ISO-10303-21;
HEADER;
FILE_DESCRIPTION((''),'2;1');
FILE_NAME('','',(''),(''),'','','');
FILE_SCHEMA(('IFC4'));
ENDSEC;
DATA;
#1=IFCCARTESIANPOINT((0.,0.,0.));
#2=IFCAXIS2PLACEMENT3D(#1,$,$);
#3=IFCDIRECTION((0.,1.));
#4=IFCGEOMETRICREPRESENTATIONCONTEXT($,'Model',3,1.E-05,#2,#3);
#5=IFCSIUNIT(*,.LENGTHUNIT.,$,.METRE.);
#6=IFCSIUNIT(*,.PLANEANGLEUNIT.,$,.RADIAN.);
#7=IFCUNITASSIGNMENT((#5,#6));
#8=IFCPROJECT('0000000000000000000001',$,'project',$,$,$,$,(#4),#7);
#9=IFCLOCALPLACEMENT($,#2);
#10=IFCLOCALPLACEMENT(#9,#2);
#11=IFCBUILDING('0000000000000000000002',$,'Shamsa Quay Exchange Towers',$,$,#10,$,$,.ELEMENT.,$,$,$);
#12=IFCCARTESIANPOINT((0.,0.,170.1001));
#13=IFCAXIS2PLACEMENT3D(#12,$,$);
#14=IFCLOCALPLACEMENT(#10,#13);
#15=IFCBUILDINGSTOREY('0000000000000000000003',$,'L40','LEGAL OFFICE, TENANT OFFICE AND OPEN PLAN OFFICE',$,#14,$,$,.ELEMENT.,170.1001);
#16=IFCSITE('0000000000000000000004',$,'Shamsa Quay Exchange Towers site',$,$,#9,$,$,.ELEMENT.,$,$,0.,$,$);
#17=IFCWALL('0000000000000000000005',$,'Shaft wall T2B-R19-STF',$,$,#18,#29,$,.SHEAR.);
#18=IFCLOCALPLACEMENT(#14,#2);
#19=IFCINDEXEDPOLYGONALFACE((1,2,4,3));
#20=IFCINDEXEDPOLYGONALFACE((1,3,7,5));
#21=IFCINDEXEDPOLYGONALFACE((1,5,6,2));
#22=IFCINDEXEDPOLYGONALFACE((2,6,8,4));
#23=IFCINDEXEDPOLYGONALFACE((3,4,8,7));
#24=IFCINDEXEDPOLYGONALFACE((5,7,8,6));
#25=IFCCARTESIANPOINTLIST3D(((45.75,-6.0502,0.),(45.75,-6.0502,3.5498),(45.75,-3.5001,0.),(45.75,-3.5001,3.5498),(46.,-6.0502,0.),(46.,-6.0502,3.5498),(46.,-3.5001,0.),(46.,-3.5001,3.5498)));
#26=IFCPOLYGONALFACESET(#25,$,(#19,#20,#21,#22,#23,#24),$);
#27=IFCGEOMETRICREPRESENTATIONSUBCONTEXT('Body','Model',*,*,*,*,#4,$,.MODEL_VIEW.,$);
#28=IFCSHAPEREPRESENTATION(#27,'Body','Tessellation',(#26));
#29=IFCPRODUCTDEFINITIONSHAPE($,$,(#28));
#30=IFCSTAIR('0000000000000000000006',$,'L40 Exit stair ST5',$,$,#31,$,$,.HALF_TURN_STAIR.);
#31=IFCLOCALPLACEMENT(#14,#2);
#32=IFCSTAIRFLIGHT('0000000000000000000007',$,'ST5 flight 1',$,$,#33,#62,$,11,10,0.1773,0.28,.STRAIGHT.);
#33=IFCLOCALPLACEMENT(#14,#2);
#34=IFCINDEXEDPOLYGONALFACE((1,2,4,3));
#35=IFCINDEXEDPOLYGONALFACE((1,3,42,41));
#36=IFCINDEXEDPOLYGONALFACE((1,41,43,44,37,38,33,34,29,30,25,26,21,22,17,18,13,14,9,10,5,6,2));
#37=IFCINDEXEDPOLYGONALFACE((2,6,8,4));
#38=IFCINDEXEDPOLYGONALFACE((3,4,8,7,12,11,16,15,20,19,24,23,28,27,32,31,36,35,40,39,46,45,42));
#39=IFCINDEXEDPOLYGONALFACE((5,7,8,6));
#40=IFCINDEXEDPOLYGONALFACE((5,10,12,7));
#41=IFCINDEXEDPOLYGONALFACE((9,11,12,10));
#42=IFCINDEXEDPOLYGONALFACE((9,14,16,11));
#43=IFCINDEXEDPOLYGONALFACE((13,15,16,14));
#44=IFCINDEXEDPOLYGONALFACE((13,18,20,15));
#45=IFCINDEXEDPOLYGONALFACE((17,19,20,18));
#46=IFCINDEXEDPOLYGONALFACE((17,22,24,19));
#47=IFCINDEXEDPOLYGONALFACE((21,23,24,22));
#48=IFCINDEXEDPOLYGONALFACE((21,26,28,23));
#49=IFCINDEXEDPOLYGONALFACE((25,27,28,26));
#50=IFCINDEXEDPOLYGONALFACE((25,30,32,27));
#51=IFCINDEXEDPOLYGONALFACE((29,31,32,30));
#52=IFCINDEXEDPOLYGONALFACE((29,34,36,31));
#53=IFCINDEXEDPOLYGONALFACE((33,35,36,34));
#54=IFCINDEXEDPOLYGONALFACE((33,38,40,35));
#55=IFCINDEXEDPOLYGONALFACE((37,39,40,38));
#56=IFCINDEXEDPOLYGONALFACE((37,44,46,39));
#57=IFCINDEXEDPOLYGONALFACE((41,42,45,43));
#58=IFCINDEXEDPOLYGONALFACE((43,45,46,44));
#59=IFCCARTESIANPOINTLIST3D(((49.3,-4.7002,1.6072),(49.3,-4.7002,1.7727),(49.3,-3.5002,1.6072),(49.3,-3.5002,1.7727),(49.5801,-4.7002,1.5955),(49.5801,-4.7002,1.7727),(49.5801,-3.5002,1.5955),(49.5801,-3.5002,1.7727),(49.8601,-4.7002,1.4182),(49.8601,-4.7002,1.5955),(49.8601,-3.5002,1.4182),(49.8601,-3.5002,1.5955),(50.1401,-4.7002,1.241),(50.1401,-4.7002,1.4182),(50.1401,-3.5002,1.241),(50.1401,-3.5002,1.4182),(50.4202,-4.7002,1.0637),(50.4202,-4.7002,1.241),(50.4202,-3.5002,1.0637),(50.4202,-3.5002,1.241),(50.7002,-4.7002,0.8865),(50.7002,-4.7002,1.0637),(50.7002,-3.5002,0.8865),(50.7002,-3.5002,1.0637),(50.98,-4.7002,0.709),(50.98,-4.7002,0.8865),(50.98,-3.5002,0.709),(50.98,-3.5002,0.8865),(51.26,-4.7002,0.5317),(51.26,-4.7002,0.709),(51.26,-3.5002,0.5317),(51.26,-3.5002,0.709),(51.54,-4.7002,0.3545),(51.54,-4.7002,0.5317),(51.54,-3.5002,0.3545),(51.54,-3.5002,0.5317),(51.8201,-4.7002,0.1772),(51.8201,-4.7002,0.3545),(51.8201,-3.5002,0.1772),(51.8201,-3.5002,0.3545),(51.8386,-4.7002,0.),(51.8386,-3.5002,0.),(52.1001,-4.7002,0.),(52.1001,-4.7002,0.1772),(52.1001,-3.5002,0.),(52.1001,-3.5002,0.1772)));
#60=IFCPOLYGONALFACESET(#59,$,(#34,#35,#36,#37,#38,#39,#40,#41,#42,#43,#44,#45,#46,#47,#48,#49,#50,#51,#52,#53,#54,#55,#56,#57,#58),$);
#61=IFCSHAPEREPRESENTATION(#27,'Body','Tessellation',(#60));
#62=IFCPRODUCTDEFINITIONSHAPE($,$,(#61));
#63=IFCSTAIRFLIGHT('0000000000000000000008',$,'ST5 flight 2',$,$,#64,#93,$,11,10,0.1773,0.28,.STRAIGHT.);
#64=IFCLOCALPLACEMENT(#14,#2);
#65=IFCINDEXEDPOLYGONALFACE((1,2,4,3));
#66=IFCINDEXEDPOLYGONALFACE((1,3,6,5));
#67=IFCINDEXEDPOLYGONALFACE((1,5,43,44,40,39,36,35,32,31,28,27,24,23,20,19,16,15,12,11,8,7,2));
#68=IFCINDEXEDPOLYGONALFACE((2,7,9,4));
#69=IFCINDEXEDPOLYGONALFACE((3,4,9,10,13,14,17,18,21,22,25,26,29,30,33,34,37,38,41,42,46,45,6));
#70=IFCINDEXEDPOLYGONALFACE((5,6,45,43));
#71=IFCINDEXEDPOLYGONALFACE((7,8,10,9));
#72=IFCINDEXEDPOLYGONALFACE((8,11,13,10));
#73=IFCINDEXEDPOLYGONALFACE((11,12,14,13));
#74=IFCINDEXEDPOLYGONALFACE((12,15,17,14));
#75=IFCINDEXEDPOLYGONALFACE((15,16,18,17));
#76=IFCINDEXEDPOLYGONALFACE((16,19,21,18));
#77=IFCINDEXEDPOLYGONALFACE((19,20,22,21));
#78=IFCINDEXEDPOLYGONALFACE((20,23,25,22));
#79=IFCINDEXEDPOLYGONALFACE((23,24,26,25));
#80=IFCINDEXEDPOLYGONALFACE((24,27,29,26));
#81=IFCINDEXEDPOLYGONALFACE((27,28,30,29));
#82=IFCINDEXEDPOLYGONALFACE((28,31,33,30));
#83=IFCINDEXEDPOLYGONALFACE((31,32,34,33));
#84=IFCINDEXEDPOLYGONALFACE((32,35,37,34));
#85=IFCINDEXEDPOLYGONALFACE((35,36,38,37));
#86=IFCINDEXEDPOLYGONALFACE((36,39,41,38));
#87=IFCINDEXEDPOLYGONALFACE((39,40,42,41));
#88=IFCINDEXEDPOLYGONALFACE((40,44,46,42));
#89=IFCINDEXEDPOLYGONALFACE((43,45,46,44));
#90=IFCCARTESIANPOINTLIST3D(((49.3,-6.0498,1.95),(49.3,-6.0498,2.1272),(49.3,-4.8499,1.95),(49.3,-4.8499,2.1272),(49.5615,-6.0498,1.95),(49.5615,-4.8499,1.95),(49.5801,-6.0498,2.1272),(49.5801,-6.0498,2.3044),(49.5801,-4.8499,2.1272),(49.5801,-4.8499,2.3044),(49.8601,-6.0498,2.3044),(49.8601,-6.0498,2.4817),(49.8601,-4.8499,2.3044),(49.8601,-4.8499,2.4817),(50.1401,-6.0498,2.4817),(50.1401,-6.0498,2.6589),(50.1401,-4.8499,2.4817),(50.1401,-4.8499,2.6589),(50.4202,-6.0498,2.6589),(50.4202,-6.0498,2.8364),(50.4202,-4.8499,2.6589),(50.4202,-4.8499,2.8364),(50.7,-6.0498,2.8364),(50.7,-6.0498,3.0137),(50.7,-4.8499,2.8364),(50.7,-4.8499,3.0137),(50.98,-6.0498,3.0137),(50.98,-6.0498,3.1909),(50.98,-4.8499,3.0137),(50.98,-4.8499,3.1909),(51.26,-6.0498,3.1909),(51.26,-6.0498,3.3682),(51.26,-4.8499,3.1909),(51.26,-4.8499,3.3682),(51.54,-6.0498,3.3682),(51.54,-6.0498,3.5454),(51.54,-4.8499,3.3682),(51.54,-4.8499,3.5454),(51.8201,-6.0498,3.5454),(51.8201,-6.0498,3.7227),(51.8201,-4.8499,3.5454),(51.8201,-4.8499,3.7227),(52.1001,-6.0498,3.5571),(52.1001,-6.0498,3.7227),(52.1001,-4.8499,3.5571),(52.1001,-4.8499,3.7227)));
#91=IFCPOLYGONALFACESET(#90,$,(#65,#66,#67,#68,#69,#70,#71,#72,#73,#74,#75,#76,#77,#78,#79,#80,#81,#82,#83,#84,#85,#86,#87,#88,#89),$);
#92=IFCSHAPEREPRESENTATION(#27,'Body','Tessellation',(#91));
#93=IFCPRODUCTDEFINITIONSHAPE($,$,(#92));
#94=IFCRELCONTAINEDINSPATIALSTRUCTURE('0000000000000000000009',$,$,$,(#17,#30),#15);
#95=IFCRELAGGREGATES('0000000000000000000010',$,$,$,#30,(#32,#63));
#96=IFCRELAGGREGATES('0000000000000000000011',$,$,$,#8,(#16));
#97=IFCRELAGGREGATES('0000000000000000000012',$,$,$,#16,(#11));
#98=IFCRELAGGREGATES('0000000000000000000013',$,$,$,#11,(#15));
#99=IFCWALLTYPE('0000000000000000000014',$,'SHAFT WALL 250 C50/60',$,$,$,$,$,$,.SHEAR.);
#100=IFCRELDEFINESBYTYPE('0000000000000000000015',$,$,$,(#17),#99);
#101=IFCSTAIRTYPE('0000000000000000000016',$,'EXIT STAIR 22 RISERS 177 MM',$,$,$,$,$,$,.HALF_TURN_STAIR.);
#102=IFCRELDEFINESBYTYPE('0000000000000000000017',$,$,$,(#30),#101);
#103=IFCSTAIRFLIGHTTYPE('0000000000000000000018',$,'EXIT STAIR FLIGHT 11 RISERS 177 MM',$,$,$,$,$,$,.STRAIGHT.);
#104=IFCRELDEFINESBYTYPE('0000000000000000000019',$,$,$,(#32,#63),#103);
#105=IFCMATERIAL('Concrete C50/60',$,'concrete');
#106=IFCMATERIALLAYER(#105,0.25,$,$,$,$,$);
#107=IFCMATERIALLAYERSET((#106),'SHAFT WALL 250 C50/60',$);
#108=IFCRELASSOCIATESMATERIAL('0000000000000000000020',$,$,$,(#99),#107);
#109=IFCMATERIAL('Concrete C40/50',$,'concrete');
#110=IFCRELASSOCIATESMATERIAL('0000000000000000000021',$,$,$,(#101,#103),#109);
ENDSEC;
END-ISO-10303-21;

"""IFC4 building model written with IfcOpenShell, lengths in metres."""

from ifc_helpers import new_model, si_unit, direction, frame, frame_2d, origin, place, context, subcontext, project, spatial, polyline, rectangle, outline, extrude, material, layer, layer_set, type_object, element, aggregate, save


model = new_model("IFC4")

# Units and contexts
model_context = context("Model", 3, precision=1e-05, world=origin(), true_north=direction((0.0, 1.0)))
body_context = subcontext(model_context, "Body", "Model", "MODEL_VIEW")
ifc_project = project(units=[si_unit("LENGTHUNIT", "METRE"), si_unit("PLANEANGLEUNIT", "RADIAN")], contexts=[model_context])

# Site, building, storey
site_placement = place(None, origin())
site = spatial("IfcSite", under=ifc_project, at=site_placement, Name="Shamsa Quay Exchange Towers site", CompositionType="ELEMENT", RefElevation=0.0)
building_placement = place(site_placement, origin())
building = spatial("IfcBuilding", under=site, at=building_placement, Name="Shamsa Quay Exchange Towers", CompositionType="ELEMENT")
storey_placement = place(building_placement, frame((0.0, 0.0, 170.1001)))
storey = spatial("IfcBuildingStorey", under=building, at=storey_placement, Name="L40", Description="LEGAL OFFICE, TENANT OFFICE AND OPEN PLAN OFFICE", CompositionType="ELEMENT", Elevation=170.1001)

# Shared definitions
ifc_material_1 = material(Name="Concrete C50/60", Category="concrete")
ifc_layer_1 = layer(ifc_material_1, 0.25)
ifc_layer_set_1 = layer_set([ifc_layer_1], Name="SHAFT WALL 250 C50/60")
wall_type_1 = type_object("IfcWallType", Name="SHAFT WALL 250 C50/60", PredefinedType="SHEAR", material=ifc_layer_set_1)

# Wall
wall_1_placement = place(storey_placement, frame((45.875, -6.05, 0.0), z_axis=(0.0, 0.0, 1.0), x_axis=(0.0, 1.0, 0.0)))
element("IfcWall", 1, at=wall_1_placement, inside=storey, type_object=wall_type_1, Name="Shaft wall T2B-R19-STF", PredefinedType="SHEAR", context=body_context, shape_type="SweptSolid", body=[
    extrude(rectangle(XDim=2.55, YDim=0.25, at=frame_2d((1.2749, 0.0))), origin(), (0.0, 0.0, 1.0), 3.5498),
])

# Stair, stair flights
ifc_material_2 = material(Name="Concrete C40/50", Category="concrete")
stair_type = type_object("IfcStairType", Name="EXIT STAIR 22 RISERS 177 MM", PredefinedType="HALF_TURN_STAIR", material=ifc_material_2)
stair_placement = place(storey_placement, origin())
stair = element("IfcStair", 2, at=stair_placement, inside=storey, type_object=stair_type, Name="L40 Exit stair ST5", PredefinedType="HALF_TURN_STAIR")
stair_flight_type = type_object("IfcStairFlightType", Name="EXIT STAIR FLIGHT 11 RISERS 177 MM", PredefinedType="STRAIGHT", material=ifc_material_2)
stair_flight_1_placement = place(storey_placement, frame((52.1001, -4.1001, 0.0), z_axis=(0.0, 0.0, 1.0), x_axis=(-1.0, 0.0, 0.0)))
stair_flight_1 = element("IfcStairFlight", 3, at=stair_flight_1_placement, type_object=stair_flight_type, Name="ST5 flight 1", NumberOfRisers=11, NumberOfTreads=10, PredefinedType="STRAIGHT", RiserHeight=0.1773, TreadLength=0.28, context=body_context, shape_type="SweptSolid", body=[
    extrude(outline(polyline([(0.0, 0.0), (0.0, 0.1772), (0.28, 0.1772), (0.28, 0.3545), (0.5601, 0.3545), (0.5601, 0.5317), (0.8401, 0.5317), (0.8401, 0.709), (1.1201, 0.709), (1.1201, 0.8865), (1.3999, 0.8865), (1.3999, 1.0637), (1.6799, 1.0637), (1.6799, 1.241), (1.96, 1.241), (1.96, 1.4182), (2.24, 1.4182), (2.24, 1.5955), (2.52, 1.5955), (2.52, 1.7727), (2.8, 1.7727), (2.8, 1.95), (2.8, 1.6072), (0.2615, 0.0), (0.0, 0.0)])), frame((0.0, 0.6001, 0.0), z_axis=(0.0, -1.0, 0.0), x_axis=(1.0, 0.0, 0.0)), (0.0, 0.0, 1.0), 1.2),
])
stair_flight_2_placement = place(storey_placement, frame((49.3, -5.45, 1.95)))
stair_flight_2 = element("IfcStairFlight", 4, at=stair_flight_2_placement, type_object=stair_flight_type, Name="ST5 flight 2", NumberOfRisers=11, NumberOfTreads=10, PredefinedType="STRAIGHT", RiserHeight=0.1773, TreadLength=0.28, context=body_context, shape_type="SweptSolid", body=[
    extrude(outline(polyline([(0.0, 0.0), (0.0, 0.1772), (0.28, 0.1772), (0.28, 0.3545), (0.5601, 0.3545), (0.5601, 0.5317), (0.8401, 0.5317), (0.8401, 0.709), (1.1201, 0.709), (1.1201, 0.8865), (1.3999, 0.8865), (1.3999, 1.0637), (1.6799, 1.0637), (1.6799, 1.241), (1.96, 1.241), (1.96, 1.4182), (2.24, 1.4182), (2.24, 1.5955), (2.52, 1.5955), (2.52, 1.7727), (2.8, 1.7727), (2.8, 1.95), (2.8, 1.6072), (0.2615, 0.0), (0.0, 0.0)])), frame((0.0, 0.6001, 0.0), z_axis=(0.0, -1.0, 0.0), x_axis=(1.0, 0.0, 0.0)), (0.0, 0.0, 1.0), 1.2),
])
aggregate(stair, [stair_flight_1, stair_flight_2])

save(model, "model.ifc")
